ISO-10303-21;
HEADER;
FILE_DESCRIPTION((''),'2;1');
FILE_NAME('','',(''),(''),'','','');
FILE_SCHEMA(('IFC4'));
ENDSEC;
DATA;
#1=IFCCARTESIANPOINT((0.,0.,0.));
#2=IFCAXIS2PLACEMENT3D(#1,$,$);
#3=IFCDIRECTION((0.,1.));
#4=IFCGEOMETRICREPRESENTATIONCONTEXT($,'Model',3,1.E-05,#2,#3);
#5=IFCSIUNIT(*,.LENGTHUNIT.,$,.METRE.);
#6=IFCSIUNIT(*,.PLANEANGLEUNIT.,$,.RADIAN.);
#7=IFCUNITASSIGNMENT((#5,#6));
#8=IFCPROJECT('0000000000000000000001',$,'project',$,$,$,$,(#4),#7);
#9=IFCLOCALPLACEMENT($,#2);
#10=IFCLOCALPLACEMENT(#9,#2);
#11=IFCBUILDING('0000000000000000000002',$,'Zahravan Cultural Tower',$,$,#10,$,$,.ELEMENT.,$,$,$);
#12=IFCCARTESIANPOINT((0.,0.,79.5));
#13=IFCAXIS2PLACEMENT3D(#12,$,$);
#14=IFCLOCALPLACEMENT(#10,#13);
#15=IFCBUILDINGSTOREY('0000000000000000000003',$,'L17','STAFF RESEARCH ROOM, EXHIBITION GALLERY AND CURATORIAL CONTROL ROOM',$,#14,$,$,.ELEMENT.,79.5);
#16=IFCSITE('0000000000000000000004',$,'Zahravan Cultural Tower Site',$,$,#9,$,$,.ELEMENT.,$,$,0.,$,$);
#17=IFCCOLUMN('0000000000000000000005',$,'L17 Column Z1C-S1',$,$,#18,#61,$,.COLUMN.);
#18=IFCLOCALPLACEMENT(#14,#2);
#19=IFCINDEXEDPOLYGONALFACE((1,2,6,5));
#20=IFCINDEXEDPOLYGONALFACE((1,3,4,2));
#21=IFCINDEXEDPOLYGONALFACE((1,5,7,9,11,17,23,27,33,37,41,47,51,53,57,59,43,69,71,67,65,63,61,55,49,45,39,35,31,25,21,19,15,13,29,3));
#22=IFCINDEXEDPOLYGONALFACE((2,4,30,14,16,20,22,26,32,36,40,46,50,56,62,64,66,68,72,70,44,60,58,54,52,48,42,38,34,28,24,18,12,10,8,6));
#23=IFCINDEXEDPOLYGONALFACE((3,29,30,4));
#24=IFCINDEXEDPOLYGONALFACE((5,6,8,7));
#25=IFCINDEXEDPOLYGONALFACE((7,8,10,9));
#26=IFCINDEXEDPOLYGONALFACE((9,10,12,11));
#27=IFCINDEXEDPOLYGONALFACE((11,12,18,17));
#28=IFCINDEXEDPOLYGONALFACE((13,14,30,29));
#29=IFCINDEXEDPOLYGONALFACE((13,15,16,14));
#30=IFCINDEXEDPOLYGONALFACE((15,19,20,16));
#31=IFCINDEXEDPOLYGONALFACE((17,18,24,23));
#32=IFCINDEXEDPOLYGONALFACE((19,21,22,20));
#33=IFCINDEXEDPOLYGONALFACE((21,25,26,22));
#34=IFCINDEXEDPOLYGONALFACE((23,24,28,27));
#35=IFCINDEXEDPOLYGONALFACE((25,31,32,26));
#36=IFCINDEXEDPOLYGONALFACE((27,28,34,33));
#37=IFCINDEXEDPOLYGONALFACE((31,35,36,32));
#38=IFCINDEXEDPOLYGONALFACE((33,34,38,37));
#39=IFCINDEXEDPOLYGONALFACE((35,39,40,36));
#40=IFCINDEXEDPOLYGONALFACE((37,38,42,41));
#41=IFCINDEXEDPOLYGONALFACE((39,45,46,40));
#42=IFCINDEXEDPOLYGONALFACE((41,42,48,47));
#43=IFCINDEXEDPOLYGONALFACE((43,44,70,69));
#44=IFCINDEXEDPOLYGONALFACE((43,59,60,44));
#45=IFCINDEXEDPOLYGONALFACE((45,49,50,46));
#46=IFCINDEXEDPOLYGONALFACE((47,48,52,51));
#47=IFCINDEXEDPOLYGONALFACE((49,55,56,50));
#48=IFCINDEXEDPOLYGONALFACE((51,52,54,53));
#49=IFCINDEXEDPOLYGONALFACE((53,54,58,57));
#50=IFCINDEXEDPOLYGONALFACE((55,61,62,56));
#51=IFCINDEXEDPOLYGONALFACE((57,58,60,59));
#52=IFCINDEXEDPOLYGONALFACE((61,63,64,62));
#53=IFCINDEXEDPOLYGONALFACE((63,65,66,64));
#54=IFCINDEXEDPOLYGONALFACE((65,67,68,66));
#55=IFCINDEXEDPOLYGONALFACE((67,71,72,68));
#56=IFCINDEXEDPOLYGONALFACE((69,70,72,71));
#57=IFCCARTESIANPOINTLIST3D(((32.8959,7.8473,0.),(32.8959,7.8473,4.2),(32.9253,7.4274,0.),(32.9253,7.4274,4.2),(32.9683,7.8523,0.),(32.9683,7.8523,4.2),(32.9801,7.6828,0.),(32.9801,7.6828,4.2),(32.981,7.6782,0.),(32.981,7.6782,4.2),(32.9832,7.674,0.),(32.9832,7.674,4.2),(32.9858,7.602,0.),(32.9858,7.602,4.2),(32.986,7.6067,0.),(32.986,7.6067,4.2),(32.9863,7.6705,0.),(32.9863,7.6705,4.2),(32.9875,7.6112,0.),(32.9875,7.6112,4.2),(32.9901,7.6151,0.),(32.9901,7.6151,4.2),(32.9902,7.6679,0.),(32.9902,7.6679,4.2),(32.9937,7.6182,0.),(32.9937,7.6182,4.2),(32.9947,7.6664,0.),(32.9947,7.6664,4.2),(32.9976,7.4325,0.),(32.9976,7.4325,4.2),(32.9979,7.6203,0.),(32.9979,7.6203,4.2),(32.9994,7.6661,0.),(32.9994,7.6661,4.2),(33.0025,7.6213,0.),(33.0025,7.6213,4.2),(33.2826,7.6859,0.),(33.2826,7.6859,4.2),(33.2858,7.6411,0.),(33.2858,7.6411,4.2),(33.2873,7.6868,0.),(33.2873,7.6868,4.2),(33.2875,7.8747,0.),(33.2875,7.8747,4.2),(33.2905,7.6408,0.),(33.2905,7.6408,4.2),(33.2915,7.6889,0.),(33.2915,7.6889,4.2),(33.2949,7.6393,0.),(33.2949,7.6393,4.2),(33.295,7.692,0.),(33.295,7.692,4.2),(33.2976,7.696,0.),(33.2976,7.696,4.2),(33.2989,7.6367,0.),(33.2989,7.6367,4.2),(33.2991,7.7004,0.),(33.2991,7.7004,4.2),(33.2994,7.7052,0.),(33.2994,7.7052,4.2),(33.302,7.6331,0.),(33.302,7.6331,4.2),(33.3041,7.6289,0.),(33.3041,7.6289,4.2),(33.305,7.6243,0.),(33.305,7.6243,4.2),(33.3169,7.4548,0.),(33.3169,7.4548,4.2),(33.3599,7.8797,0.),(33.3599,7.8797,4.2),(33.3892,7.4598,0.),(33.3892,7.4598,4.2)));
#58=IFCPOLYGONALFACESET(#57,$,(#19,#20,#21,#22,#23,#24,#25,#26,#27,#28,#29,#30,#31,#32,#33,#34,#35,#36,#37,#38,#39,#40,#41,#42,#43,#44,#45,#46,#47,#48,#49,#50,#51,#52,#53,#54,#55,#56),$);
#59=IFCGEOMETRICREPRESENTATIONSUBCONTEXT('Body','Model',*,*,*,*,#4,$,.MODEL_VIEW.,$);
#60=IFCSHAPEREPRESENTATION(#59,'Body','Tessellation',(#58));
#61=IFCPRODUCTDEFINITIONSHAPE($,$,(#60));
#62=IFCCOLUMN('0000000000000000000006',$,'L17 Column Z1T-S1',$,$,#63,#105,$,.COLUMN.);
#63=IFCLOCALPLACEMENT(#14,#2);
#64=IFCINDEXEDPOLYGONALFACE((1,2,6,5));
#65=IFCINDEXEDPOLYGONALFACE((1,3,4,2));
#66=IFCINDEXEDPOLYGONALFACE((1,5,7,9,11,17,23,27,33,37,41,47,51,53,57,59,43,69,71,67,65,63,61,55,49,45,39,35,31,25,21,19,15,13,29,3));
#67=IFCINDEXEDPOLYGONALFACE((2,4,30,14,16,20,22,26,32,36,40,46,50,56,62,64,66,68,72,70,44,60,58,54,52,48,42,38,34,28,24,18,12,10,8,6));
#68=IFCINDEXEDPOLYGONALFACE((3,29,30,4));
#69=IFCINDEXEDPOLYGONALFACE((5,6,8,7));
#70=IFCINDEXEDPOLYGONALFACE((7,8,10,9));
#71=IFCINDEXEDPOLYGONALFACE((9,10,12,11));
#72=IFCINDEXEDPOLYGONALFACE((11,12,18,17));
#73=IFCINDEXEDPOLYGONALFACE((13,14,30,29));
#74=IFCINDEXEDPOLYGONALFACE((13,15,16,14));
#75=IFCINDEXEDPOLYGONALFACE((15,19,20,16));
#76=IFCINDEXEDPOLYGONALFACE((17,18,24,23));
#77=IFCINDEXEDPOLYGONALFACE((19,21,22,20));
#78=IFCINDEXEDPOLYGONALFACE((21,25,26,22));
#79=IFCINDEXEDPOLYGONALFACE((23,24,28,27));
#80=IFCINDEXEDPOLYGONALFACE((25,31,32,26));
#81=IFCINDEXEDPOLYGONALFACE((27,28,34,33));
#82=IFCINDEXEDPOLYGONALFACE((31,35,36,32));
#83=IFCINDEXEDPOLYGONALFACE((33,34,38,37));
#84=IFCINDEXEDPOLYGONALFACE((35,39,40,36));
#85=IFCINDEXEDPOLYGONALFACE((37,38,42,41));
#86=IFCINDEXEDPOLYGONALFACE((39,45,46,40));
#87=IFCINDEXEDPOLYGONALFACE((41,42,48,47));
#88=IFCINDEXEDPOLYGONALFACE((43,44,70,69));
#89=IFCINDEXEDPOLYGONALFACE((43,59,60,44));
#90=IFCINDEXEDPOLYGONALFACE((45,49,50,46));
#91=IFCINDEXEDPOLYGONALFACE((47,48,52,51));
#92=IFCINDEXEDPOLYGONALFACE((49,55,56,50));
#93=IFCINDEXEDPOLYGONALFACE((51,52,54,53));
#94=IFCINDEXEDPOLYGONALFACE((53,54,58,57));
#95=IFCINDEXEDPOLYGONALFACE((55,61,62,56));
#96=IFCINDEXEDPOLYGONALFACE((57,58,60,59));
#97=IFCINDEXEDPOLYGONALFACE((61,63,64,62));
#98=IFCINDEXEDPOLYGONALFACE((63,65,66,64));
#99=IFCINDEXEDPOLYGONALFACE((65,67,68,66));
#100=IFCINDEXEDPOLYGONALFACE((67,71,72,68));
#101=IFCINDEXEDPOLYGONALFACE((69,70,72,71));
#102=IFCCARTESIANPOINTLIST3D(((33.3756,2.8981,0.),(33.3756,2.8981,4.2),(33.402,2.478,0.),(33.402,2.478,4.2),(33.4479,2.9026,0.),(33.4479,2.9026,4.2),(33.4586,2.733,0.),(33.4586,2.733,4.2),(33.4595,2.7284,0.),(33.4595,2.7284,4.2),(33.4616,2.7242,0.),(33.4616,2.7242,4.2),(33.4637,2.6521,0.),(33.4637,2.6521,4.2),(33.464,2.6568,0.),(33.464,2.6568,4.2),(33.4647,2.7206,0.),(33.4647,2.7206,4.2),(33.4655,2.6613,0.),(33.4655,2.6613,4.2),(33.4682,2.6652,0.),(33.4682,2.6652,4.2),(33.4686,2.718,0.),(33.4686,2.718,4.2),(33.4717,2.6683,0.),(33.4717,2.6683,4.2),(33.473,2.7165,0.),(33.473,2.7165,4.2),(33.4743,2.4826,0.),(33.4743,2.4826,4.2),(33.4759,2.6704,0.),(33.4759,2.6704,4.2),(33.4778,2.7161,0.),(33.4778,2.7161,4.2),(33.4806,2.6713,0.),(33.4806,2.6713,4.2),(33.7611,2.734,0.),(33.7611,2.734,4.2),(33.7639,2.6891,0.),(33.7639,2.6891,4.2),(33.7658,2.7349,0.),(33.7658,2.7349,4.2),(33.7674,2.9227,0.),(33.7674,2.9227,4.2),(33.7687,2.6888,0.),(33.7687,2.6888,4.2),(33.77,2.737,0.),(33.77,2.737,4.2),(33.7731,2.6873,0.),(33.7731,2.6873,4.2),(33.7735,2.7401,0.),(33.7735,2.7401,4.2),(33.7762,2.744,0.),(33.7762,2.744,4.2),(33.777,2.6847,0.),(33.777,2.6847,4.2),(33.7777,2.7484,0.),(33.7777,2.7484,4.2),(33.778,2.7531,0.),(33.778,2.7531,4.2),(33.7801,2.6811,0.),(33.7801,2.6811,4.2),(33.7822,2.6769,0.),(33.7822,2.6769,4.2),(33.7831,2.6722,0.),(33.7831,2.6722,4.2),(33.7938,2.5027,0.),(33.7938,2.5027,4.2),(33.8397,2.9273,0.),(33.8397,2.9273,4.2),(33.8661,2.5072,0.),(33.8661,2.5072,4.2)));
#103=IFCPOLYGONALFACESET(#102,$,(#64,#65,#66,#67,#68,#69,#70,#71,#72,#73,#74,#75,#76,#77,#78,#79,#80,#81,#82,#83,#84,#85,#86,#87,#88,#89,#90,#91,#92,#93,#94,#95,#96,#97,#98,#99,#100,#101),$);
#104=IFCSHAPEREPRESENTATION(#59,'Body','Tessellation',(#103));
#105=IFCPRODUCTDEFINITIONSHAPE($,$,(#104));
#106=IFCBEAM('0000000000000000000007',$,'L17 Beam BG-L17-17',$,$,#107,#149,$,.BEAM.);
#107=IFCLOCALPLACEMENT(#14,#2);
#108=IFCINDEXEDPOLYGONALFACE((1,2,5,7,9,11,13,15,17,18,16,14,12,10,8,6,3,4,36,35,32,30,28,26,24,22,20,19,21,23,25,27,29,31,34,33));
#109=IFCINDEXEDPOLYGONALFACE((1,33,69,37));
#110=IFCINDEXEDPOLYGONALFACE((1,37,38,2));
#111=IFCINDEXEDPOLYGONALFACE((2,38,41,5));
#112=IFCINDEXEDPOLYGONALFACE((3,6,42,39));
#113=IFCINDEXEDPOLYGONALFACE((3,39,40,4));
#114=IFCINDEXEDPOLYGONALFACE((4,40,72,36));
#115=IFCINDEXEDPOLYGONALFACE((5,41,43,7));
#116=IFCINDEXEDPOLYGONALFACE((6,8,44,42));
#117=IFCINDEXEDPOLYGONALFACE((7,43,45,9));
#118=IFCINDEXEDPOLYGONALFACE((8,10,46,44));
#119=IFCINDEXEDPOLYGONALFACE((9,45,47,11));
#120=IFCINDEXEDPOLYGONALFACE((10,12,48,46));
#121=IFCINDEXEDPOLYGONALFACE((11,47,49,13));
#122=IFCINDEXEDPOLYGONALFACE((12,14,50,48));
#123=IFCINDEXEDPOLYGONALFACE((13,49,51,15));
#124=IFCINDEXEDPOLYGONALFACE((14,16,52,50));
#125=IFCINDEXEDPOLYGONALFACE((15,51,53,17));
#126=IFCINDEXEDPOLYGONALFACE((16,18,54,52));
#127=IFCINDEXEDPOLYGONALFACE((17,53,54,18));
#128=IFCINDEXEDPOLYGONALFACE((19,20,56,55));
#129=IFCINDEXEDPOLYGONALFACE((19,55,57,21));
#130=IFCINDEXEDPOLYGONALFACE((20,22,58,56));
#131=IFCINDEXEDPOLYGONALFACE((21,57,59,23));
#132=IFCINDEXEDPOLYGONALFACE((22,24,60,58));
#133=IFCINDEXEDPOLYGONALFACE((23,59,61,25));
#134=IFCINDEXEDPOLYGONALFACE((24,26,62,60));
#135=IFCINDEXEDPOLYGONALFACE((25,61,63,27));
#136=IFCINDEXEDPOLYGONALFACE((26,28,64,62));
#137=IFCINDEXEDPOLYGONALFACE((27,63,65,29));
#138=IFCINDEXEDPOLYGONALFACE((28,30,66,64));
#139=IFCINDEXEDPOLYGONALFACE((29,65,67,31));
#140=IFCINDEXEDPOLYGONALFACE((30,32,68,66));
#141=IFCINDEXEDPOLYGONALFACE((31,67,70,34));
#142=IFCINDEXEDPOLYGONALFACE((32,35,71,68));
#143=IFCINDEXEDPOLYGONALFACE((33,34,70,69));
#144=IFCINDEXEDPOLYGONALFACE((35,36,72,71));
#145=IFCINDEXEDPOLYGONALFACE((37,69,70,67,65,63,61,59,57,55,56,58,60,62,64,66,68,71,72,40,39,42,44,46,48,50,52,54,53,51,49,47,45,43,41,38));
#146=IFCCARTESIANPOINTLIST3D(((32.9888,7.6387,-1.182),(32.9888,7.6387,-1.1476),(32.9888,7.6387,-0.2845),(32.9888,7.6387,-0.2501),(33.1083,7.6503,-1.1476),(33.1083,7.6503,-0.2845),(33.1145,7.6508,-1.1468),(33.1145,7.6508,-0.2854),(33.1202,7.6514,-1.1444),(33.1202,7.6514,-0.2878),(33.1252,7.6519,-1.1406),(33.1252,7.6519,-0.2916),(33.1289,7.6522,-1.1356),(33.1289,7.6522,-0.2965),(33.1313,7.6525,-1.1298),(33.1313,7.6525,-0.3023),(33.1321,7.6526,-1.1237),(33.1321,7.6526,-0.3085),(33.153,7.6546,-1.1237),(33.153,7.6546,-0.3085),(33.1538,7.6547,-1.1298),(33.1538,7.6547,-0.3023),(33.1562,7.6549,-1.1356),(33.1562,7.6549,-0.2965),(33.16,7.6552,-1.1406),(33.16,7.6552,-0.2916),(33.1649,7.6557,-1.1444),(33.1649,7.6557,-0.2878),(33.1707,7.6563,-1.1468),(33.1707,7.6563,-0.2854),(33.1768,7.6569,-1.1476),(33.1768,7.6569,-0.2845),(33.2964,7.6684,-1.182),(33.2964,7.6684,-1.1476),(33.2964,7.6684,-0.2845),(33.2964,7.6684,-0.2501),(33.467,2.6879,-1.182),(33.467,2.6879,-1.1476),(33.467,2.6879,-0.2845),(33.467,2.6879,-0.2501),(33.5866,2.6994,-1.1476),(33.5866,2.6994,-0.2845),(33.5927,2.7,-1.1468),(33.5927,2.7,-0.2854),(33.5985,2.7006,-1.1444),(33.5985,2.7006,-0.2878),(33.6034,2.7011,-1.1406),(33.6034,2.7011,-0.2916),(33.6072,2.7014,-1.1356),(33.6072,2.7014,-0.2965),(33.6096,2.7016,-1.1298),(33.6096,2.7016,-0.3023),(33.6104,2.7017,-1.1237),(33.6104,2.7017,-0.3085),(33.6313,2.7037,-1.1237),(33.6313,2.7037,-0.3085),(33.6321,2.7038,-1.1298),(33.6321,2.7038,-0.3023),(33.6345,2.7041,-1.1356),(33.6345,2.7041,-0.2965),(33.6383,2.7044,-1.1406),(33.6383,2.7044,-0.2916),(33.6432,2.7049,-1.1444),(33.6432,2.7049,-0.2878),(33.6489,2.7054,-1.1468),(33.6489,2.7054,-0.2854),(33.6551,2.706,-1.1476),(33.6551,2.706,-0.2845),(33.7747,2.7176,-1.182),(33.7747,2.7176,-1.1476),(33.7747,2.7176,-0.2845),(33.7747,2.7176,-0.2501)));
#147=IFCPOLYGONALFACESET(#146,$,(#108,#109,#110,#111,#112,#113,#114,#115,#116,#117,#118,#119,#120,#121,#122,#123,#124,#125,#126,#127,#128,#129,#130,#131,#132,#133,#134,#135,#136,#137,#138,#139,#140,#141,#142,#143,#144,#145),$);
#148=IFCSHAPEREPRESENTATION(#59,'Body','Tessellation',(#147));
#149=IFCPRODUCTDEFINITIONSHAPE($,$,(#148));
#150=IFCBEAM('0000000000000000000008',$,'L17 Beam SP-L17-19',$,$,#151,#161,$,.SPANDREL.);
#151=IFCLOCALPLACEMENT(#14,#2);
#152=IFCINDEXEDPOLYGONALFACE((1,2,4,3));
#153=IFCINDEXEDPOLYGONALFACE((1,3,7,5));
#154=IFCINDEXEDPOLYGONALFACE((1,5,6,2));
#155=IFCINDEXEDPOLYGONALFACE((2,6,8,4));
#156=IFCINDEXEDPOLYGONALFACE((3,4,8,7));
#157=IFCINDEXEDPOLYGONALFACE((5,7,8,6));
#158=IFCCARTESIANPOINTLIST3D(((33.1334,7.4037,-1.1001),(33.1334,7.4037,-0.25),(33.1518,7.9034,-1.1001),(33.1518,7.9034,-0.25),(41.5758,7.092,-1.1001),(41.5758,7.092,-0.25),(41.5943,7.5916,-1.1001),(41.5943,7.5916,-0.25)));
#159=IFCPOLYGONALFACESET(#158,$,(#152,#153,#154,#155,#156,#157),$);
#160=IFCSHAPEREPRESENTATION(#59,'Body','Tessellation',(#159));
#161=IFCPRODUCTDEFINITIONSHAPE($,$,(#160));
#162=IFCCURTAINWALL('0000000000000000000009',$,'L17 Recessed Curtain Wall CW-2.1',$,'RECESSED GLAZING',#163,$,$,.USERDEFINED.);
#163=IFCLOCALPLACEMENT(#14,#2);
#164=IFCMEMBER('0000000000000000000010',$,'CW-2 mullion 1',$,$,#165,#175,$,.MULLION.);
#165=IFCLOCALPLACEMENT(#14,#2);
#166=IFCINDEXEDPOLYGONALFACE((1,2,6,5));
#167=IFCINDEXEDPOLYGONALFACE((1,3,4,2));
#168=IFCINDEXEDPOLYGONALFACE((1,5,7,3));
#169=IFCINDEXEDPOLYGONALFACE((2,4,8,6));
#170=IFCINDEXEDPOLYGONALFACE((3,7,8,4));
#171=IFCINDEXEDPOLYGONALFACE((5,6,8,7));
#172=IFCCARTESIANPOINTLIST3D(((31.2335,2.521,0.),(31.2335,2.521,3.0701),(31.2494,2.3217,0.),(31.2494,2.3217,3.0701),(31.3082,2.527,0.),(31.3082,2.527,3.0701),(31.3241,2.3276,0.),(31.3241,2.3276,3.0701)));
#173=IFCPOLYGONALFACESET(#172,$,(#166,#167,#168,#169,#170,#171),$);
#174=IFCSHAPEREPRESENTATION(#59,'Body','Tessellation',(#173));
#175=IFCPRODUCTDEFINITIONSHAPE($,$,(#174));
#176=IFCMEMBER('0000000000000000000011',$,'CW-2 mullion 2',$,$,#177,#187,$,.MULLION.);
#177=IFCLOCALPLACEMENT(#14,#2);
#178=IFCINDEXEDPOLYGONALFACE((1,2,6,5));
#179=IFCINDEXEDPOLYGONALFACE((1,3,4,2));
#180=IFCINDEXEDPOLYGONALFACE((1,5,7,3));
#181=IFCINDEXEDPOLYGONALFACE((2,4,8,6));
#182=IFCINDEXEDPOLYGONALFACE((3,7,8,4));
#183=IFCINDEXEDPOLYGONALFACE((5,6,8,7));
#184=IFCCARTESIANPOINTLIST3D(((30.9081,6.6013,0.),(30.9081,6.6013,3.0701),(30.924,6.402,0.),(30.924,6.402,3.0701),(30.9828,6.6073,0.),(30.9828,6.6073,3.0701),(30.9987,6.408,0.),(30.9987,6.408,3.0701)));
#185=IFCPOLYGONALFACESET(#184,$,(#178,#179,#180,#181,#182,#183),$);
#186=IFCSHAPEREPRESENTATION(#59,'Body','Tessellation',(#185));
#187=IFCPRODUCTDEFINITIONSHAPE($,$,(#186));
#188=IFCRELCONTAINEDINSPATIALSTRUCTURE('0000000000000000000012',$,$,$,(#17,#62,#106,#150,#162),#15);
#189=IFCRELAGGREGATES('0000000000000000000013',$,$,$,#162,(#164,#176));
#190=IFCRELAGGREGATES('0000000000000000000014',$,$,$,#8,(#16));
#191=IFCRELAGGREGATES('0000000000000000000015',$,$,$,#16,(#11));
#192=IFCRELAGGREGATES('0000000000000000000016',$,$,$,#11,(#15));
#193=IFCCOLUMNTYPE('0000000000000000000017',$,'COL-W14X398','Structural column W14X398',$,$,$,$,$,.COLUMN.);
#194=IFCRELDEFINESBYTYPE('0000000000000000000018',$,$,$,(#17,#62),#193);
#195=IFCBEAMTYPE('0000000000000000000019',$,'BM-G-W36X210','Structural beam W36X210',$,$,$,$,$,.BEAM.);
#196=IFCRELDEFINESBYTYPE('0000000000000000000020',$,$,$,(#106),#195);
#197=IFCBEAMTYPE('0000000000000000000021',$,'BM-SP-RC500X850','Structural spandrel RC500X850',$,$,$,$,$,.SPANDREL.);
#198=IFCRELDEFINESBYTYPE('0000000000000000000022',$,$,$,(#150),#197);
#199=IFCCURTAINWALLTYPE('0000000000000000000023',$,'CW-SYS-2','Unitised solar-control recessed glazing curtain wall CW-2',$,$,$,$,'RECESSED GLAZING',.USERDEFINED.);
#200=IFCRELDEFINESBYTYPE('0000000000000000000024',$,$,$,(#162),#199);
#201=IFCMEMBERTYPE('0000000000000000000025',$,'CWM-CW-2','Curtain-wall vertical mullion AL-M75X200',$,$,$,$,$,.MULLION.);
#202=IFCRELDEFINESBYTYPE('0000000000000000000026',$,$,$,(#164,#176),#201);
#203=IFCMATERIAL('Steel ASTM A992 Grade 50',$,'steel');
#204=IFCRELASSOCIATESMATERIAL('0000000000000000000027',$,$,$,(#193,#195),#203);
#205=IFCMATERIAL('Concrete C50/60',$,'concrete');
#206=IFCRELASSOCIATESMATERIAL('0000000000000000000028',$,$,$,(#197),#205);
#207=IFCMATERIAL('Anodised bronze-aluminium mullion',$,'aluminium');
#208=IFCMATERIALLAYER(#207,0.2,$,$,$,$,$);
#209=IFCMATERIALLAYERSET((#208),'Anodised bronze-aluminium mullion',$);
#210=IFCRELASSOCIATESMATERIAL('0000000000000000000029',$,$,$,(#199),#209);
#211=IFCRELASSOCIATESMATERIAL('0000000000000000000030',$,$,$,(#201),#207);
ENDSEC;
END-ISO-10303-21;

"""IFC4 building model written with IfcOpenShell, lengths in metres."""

from ifc_helpers import new_model, si_unit, direction, frame, origin, origin_2d, place, context, subcontext, project, spatial, rectangle, i_section, extrude, source, transform, mapped, material, layer, layer_set, material_profile, profile_set, type_object, element, aggregate, save


model = new_model("IFC4")

# Units and contexts
model_context = context("Model", 3, precision=1e-05, world=origin(), true_north=direction((0.0, 1.0)))
body_context = subcontext(model_context, "Body", "Model", "MODEL_VIEW")
ifc_project = project(units=[si_unit("LENGTHUNIT", "METRE"), si_unit("PLANEANGLEUNIT", "RADIAN")], contexts=[model_context])

# Site, building, storey
site_placement = place(None, origin())
site = spatial("IfcSite", under=ifc_project, at=site_placement, Name="Zahravan Cultural Tower Site", CompositionType="ELEMENT", RefElevation=0.0)
building_placement = place(site_placement, origin())
building = spatial("IfcBuilding", under=site, at=building_placement, Name="Zahravan Cultural Tower", CompositionType="ELEMENT")
storey_placement = place(building_placement, frame((0.0, 0.0, 79.5)))
storey = spatial("IfcBuildingStorey", under=building, at=storey_placement, Name="L17", Description="STAFF RESEARCH ROOM, EXHIBITION GALLERY AND CURATORIAL CONTROL ROOM", CompositionType="ELEMENT", Elevation=79.5)

# Columns
ifc_material_1 = material(Name="Steel ASTM A992 Grade 50", Category="steel")
ifc_material_profile_1 = material_profile(ifc_material_1, i_section(OverallWidth=0.4209, OverallDepth=0.4651, WebThickness=0.0449, FlangeThickness=0.0725, FilletRadius=0.0181, at=origin_2d()), Name="W14X398")
ifc_profile_set_1 = profile_set([ifc_material_profile_1], Name="Steel ASTM A992 Grade 50")
column_type = type_object("IfcColumnType", Name="COL-W14X398", Description="Structural column W14X398", PredefinedType="COLUMN", material=ifc_profile_set_1)
shared_shape_1 = source(origin(), body_context, "Body", "SweptSolid", [
    extrude(i_section(OverallWidth=0.4209, OverallDepth=0.4651, WebThickness=0.0449, FlangeThickness=0.0725, FilletRadius=0.0181, at=origin_2d()), origin(), (0.0, 0.0, 1.0), 4.2),
])
for number, where, z_axis, x_axis, name in (
    (1, (33.1426, 7.6536, 0.0), (0.0, 0.0, 1.0), (-0.069756, 0.997564, 0.0), "L17 Column Z1C-S1"),
    (2, (33.6208, 2.7026, 0.0), (0.0, 0.0, 1.0), (-0.062791, 0.998027, 0.0), "L17 Column Z1T-S1"),
):
    element("IfcColumn", number, at=place(storey_placement, frame(where, z_axis=z_axis, x_axis=x_axis)), inside=storey, type_object=column_type, Name=name, PredefinedType="COLUMN", context=body_context, shape_type="MappedRepresentation", body=[
        mapped(shared_shape_1, transform((0.0, 0.0, 0.0), x_axis=(1.0, 0.0, 0.0), y_axis=(0.0, 1.0, 0.0), z_axis=(0.0, 0.0, 1.0), scale=1.0)),
    ])

# Beams
ifc_material_profile_2 = material_profile(ifc_material_1, i_section(OverallWidth=0.3091, OverallDepth=0.9319, WebThickness=0.021, FlangeThickness=0.0344, FilletRadius=0.0239, at=origin_2d()), Name="W36X210")
ifc_profile_set_2 = profile_set([ifc_material_profile_2], Name="Steel ASTM A992 Grade 50")
beam_type_1 = type_object("IfcBeamType", Name="BM-G-W36X210", Description="Structural beam W36X210", PredefinedType="BEAM", material=ifc_profile_set_2)
shared_shape_2 = source(origin(), body_context, "Body", "SweptSolid", [
    extrude(i_section(OverallWidth=0.3091, OverallDepth=0.9319, WebThickness=0.021, FlangeThickness=0.0344, FilletRadius=0.0239, at=origin_2d()), origin(), (0.0, 0.0, 1.0), 4.9739),
])
beam_1_placement = place(storey_placement, frame((33.1426, 7.6536, -0.7161), z_axis=(0.096155, -0.995366, 0.0), x_axis=(0.995366, 0.096155, 0.0)))
element("IfcBeam", 3, at=beam_1_placement, inside=storey, type_object=beam_type_1, Name="L17 Beam BG-L17-17", PredefinedType="BEAM", context=body_context, shape_type="MappedRepresentation", body=[
    mapped(shared_shape_2, transform((0.0, 0.0, 0.0), x_axis=(1.0, 0.0, 0.0), y_axis=(0.0, 1.0, 0.0), z_axis=(0.0, 0.0, 1.0), scale=1.0)),
])
ifc_material_2 = material(Name="Concrete C50/60", Category="concrete")
ifc_material_profile_3 = material_profile(ifc_material_2, rectangle(XDim=0.5, YDim=0.8501, at=origin_2d()), Name="RC500X850")
ifc_profile_set_3 = profile_set([ifc_material_profile_3], Name="Concrete C50/60")
beam_type_2 = type_object("IfcBeamType", Name="BM-SP-RC500X850", Description="Structural spandrel RC500X850", PredefinedType="SPANDREL", material=ifc_profile_set_3)
shared_shape_3 = source(origin(), body_context, "Body", "SweptSolid", [
    extrude(rectangle(XDim=0.5, YDim=0.8501, at=origin_2d()), origin(), (0.0, 0.0, 1.0), 8.4482),
])
beam_2_placement = place(storey_placement, frame((33.1426, 7.6536, -0.675), z_axis=(0.999319, -0.036904, 0.0), x_axis=(0.036904, 0.999319, 0.0)))
element("IfcBeam", 4, at=beam_2_placement, inside=storey, type_object=beam_type_2, Name="L17 Beam SP-L17-19", PredefinedType="SPANDREL", context=body_context, shape_type="MappedRepresentation", body=[
    mapped(shared_shape_3, transform((0.0, 0.0, 0.0), x_axis=(1.0, 0.0, 0.0), y_axis=(0.0, 1.0, 0.0), z_axis=(0.0, 0.0, 1.0), scale=1.0)),
])

# Curtain wall, members
ifc_material_3 = material(Name="Anodised bronze-aluminium mullion", Category="aluminium")
ifc_layer_1 = layer(ifc_material_3, 0.2)
ifc_layer_set_1 = layer_set([ifc_layer_1], Name="Anodised bronze-aluminium mullion")
curtain_wall_type = type_object("IfcCurtainWallType", Name="CW-SYS-2", Description="Unitised solar-control recessed glazing curtain wall CW-2", ElementType="RECESSED GLAZING", PredefinedType="USERDEFINED", material=ifc_layer_set_1)
curtain_wall_placement = place(storey_placement, origin())
curtain_wall = element("IfcCurtainWall", 5, at=curtain_wall_placement, inside=storey, type_object=curtain_wall_type, Name="L17 Recessed Curtain Wall CW-2.1", ObjectType="RECESSED GLAZING", PredefinedType="USERDEFINED")
ifc_material_profile_4 = material_profile(ifc_material_3, rectangle(XDim=0.075, YDim=0.2, at=origin_2d()), Name="AL-M75X200")
ifc_profile_set_4 = profile_set([ifc_material_profile_4], Name="Anodised bronze-aluminium mullion")
member_type_1 = type_object("IfcMemberType", Name="CWM-CW-2", Description="Curtain-wall vertical mullion AL-M75X200", PredefinedType="MULLION", material=ifc_profile_set_4)
shared_shape_4 = source(origin(), body_context, "Body", "SweptSolid", [
    extrude(rectangle(XDim=0.075, YDim=0.2, at=origin_2d()), origin(), (0.0, 0.0, 1.0), 3.0701),
])
member_1_placement = place(storey_placement, frame((31.2788, 2.4243, 0.0), z_axis=(0.0, 0.0, 1.0), x_axis=(-0.996835, -0.079501, 0.0)))
member_1 = element("IfcMember", 6, at=member_1_placement, type_object=member_type_1, Name="CW-2 mullion 1", PredefinedType="MULLION", context=body_context, shape_type="MappedRepresentation", body=[
    mapped(shared_shape_4, transform((0.0, 0.0, 0.0), x_axis=(1.0, 0.0, 0.0), y_axis=(0.0, 1.0, 0.0), z_axis=(0.0, 0.0, 1.0), scale=1.0)),
])
member_2_placement = place(storey_placement, frame((30.9534, 6.5046, 0.0), z_axis=(0.0, 0.0, 1.0), x_axis=(-0.996835, -0.079501, 0.0)))
member_2 = element("IfcMember", 7, at=member_2_placement, type_object=member_type_1, Name="CW-2 mullion 2", PredefinedType="MULLION", context=body_context, shape_type="MappedRepresentation", body=[
    mapped(shared_shape_4, transform((0.0, 0.0, 0.0), x_axis=(1.0, 0.0, 0.0), y_axis=(0.0, 1.0, 0.0), z_axis=(0.0, 0.0, 1.0), scale=1.0)),
])
aggregate(curtain_wall, [member_1, member_2])

save(model, "model.ifc")
